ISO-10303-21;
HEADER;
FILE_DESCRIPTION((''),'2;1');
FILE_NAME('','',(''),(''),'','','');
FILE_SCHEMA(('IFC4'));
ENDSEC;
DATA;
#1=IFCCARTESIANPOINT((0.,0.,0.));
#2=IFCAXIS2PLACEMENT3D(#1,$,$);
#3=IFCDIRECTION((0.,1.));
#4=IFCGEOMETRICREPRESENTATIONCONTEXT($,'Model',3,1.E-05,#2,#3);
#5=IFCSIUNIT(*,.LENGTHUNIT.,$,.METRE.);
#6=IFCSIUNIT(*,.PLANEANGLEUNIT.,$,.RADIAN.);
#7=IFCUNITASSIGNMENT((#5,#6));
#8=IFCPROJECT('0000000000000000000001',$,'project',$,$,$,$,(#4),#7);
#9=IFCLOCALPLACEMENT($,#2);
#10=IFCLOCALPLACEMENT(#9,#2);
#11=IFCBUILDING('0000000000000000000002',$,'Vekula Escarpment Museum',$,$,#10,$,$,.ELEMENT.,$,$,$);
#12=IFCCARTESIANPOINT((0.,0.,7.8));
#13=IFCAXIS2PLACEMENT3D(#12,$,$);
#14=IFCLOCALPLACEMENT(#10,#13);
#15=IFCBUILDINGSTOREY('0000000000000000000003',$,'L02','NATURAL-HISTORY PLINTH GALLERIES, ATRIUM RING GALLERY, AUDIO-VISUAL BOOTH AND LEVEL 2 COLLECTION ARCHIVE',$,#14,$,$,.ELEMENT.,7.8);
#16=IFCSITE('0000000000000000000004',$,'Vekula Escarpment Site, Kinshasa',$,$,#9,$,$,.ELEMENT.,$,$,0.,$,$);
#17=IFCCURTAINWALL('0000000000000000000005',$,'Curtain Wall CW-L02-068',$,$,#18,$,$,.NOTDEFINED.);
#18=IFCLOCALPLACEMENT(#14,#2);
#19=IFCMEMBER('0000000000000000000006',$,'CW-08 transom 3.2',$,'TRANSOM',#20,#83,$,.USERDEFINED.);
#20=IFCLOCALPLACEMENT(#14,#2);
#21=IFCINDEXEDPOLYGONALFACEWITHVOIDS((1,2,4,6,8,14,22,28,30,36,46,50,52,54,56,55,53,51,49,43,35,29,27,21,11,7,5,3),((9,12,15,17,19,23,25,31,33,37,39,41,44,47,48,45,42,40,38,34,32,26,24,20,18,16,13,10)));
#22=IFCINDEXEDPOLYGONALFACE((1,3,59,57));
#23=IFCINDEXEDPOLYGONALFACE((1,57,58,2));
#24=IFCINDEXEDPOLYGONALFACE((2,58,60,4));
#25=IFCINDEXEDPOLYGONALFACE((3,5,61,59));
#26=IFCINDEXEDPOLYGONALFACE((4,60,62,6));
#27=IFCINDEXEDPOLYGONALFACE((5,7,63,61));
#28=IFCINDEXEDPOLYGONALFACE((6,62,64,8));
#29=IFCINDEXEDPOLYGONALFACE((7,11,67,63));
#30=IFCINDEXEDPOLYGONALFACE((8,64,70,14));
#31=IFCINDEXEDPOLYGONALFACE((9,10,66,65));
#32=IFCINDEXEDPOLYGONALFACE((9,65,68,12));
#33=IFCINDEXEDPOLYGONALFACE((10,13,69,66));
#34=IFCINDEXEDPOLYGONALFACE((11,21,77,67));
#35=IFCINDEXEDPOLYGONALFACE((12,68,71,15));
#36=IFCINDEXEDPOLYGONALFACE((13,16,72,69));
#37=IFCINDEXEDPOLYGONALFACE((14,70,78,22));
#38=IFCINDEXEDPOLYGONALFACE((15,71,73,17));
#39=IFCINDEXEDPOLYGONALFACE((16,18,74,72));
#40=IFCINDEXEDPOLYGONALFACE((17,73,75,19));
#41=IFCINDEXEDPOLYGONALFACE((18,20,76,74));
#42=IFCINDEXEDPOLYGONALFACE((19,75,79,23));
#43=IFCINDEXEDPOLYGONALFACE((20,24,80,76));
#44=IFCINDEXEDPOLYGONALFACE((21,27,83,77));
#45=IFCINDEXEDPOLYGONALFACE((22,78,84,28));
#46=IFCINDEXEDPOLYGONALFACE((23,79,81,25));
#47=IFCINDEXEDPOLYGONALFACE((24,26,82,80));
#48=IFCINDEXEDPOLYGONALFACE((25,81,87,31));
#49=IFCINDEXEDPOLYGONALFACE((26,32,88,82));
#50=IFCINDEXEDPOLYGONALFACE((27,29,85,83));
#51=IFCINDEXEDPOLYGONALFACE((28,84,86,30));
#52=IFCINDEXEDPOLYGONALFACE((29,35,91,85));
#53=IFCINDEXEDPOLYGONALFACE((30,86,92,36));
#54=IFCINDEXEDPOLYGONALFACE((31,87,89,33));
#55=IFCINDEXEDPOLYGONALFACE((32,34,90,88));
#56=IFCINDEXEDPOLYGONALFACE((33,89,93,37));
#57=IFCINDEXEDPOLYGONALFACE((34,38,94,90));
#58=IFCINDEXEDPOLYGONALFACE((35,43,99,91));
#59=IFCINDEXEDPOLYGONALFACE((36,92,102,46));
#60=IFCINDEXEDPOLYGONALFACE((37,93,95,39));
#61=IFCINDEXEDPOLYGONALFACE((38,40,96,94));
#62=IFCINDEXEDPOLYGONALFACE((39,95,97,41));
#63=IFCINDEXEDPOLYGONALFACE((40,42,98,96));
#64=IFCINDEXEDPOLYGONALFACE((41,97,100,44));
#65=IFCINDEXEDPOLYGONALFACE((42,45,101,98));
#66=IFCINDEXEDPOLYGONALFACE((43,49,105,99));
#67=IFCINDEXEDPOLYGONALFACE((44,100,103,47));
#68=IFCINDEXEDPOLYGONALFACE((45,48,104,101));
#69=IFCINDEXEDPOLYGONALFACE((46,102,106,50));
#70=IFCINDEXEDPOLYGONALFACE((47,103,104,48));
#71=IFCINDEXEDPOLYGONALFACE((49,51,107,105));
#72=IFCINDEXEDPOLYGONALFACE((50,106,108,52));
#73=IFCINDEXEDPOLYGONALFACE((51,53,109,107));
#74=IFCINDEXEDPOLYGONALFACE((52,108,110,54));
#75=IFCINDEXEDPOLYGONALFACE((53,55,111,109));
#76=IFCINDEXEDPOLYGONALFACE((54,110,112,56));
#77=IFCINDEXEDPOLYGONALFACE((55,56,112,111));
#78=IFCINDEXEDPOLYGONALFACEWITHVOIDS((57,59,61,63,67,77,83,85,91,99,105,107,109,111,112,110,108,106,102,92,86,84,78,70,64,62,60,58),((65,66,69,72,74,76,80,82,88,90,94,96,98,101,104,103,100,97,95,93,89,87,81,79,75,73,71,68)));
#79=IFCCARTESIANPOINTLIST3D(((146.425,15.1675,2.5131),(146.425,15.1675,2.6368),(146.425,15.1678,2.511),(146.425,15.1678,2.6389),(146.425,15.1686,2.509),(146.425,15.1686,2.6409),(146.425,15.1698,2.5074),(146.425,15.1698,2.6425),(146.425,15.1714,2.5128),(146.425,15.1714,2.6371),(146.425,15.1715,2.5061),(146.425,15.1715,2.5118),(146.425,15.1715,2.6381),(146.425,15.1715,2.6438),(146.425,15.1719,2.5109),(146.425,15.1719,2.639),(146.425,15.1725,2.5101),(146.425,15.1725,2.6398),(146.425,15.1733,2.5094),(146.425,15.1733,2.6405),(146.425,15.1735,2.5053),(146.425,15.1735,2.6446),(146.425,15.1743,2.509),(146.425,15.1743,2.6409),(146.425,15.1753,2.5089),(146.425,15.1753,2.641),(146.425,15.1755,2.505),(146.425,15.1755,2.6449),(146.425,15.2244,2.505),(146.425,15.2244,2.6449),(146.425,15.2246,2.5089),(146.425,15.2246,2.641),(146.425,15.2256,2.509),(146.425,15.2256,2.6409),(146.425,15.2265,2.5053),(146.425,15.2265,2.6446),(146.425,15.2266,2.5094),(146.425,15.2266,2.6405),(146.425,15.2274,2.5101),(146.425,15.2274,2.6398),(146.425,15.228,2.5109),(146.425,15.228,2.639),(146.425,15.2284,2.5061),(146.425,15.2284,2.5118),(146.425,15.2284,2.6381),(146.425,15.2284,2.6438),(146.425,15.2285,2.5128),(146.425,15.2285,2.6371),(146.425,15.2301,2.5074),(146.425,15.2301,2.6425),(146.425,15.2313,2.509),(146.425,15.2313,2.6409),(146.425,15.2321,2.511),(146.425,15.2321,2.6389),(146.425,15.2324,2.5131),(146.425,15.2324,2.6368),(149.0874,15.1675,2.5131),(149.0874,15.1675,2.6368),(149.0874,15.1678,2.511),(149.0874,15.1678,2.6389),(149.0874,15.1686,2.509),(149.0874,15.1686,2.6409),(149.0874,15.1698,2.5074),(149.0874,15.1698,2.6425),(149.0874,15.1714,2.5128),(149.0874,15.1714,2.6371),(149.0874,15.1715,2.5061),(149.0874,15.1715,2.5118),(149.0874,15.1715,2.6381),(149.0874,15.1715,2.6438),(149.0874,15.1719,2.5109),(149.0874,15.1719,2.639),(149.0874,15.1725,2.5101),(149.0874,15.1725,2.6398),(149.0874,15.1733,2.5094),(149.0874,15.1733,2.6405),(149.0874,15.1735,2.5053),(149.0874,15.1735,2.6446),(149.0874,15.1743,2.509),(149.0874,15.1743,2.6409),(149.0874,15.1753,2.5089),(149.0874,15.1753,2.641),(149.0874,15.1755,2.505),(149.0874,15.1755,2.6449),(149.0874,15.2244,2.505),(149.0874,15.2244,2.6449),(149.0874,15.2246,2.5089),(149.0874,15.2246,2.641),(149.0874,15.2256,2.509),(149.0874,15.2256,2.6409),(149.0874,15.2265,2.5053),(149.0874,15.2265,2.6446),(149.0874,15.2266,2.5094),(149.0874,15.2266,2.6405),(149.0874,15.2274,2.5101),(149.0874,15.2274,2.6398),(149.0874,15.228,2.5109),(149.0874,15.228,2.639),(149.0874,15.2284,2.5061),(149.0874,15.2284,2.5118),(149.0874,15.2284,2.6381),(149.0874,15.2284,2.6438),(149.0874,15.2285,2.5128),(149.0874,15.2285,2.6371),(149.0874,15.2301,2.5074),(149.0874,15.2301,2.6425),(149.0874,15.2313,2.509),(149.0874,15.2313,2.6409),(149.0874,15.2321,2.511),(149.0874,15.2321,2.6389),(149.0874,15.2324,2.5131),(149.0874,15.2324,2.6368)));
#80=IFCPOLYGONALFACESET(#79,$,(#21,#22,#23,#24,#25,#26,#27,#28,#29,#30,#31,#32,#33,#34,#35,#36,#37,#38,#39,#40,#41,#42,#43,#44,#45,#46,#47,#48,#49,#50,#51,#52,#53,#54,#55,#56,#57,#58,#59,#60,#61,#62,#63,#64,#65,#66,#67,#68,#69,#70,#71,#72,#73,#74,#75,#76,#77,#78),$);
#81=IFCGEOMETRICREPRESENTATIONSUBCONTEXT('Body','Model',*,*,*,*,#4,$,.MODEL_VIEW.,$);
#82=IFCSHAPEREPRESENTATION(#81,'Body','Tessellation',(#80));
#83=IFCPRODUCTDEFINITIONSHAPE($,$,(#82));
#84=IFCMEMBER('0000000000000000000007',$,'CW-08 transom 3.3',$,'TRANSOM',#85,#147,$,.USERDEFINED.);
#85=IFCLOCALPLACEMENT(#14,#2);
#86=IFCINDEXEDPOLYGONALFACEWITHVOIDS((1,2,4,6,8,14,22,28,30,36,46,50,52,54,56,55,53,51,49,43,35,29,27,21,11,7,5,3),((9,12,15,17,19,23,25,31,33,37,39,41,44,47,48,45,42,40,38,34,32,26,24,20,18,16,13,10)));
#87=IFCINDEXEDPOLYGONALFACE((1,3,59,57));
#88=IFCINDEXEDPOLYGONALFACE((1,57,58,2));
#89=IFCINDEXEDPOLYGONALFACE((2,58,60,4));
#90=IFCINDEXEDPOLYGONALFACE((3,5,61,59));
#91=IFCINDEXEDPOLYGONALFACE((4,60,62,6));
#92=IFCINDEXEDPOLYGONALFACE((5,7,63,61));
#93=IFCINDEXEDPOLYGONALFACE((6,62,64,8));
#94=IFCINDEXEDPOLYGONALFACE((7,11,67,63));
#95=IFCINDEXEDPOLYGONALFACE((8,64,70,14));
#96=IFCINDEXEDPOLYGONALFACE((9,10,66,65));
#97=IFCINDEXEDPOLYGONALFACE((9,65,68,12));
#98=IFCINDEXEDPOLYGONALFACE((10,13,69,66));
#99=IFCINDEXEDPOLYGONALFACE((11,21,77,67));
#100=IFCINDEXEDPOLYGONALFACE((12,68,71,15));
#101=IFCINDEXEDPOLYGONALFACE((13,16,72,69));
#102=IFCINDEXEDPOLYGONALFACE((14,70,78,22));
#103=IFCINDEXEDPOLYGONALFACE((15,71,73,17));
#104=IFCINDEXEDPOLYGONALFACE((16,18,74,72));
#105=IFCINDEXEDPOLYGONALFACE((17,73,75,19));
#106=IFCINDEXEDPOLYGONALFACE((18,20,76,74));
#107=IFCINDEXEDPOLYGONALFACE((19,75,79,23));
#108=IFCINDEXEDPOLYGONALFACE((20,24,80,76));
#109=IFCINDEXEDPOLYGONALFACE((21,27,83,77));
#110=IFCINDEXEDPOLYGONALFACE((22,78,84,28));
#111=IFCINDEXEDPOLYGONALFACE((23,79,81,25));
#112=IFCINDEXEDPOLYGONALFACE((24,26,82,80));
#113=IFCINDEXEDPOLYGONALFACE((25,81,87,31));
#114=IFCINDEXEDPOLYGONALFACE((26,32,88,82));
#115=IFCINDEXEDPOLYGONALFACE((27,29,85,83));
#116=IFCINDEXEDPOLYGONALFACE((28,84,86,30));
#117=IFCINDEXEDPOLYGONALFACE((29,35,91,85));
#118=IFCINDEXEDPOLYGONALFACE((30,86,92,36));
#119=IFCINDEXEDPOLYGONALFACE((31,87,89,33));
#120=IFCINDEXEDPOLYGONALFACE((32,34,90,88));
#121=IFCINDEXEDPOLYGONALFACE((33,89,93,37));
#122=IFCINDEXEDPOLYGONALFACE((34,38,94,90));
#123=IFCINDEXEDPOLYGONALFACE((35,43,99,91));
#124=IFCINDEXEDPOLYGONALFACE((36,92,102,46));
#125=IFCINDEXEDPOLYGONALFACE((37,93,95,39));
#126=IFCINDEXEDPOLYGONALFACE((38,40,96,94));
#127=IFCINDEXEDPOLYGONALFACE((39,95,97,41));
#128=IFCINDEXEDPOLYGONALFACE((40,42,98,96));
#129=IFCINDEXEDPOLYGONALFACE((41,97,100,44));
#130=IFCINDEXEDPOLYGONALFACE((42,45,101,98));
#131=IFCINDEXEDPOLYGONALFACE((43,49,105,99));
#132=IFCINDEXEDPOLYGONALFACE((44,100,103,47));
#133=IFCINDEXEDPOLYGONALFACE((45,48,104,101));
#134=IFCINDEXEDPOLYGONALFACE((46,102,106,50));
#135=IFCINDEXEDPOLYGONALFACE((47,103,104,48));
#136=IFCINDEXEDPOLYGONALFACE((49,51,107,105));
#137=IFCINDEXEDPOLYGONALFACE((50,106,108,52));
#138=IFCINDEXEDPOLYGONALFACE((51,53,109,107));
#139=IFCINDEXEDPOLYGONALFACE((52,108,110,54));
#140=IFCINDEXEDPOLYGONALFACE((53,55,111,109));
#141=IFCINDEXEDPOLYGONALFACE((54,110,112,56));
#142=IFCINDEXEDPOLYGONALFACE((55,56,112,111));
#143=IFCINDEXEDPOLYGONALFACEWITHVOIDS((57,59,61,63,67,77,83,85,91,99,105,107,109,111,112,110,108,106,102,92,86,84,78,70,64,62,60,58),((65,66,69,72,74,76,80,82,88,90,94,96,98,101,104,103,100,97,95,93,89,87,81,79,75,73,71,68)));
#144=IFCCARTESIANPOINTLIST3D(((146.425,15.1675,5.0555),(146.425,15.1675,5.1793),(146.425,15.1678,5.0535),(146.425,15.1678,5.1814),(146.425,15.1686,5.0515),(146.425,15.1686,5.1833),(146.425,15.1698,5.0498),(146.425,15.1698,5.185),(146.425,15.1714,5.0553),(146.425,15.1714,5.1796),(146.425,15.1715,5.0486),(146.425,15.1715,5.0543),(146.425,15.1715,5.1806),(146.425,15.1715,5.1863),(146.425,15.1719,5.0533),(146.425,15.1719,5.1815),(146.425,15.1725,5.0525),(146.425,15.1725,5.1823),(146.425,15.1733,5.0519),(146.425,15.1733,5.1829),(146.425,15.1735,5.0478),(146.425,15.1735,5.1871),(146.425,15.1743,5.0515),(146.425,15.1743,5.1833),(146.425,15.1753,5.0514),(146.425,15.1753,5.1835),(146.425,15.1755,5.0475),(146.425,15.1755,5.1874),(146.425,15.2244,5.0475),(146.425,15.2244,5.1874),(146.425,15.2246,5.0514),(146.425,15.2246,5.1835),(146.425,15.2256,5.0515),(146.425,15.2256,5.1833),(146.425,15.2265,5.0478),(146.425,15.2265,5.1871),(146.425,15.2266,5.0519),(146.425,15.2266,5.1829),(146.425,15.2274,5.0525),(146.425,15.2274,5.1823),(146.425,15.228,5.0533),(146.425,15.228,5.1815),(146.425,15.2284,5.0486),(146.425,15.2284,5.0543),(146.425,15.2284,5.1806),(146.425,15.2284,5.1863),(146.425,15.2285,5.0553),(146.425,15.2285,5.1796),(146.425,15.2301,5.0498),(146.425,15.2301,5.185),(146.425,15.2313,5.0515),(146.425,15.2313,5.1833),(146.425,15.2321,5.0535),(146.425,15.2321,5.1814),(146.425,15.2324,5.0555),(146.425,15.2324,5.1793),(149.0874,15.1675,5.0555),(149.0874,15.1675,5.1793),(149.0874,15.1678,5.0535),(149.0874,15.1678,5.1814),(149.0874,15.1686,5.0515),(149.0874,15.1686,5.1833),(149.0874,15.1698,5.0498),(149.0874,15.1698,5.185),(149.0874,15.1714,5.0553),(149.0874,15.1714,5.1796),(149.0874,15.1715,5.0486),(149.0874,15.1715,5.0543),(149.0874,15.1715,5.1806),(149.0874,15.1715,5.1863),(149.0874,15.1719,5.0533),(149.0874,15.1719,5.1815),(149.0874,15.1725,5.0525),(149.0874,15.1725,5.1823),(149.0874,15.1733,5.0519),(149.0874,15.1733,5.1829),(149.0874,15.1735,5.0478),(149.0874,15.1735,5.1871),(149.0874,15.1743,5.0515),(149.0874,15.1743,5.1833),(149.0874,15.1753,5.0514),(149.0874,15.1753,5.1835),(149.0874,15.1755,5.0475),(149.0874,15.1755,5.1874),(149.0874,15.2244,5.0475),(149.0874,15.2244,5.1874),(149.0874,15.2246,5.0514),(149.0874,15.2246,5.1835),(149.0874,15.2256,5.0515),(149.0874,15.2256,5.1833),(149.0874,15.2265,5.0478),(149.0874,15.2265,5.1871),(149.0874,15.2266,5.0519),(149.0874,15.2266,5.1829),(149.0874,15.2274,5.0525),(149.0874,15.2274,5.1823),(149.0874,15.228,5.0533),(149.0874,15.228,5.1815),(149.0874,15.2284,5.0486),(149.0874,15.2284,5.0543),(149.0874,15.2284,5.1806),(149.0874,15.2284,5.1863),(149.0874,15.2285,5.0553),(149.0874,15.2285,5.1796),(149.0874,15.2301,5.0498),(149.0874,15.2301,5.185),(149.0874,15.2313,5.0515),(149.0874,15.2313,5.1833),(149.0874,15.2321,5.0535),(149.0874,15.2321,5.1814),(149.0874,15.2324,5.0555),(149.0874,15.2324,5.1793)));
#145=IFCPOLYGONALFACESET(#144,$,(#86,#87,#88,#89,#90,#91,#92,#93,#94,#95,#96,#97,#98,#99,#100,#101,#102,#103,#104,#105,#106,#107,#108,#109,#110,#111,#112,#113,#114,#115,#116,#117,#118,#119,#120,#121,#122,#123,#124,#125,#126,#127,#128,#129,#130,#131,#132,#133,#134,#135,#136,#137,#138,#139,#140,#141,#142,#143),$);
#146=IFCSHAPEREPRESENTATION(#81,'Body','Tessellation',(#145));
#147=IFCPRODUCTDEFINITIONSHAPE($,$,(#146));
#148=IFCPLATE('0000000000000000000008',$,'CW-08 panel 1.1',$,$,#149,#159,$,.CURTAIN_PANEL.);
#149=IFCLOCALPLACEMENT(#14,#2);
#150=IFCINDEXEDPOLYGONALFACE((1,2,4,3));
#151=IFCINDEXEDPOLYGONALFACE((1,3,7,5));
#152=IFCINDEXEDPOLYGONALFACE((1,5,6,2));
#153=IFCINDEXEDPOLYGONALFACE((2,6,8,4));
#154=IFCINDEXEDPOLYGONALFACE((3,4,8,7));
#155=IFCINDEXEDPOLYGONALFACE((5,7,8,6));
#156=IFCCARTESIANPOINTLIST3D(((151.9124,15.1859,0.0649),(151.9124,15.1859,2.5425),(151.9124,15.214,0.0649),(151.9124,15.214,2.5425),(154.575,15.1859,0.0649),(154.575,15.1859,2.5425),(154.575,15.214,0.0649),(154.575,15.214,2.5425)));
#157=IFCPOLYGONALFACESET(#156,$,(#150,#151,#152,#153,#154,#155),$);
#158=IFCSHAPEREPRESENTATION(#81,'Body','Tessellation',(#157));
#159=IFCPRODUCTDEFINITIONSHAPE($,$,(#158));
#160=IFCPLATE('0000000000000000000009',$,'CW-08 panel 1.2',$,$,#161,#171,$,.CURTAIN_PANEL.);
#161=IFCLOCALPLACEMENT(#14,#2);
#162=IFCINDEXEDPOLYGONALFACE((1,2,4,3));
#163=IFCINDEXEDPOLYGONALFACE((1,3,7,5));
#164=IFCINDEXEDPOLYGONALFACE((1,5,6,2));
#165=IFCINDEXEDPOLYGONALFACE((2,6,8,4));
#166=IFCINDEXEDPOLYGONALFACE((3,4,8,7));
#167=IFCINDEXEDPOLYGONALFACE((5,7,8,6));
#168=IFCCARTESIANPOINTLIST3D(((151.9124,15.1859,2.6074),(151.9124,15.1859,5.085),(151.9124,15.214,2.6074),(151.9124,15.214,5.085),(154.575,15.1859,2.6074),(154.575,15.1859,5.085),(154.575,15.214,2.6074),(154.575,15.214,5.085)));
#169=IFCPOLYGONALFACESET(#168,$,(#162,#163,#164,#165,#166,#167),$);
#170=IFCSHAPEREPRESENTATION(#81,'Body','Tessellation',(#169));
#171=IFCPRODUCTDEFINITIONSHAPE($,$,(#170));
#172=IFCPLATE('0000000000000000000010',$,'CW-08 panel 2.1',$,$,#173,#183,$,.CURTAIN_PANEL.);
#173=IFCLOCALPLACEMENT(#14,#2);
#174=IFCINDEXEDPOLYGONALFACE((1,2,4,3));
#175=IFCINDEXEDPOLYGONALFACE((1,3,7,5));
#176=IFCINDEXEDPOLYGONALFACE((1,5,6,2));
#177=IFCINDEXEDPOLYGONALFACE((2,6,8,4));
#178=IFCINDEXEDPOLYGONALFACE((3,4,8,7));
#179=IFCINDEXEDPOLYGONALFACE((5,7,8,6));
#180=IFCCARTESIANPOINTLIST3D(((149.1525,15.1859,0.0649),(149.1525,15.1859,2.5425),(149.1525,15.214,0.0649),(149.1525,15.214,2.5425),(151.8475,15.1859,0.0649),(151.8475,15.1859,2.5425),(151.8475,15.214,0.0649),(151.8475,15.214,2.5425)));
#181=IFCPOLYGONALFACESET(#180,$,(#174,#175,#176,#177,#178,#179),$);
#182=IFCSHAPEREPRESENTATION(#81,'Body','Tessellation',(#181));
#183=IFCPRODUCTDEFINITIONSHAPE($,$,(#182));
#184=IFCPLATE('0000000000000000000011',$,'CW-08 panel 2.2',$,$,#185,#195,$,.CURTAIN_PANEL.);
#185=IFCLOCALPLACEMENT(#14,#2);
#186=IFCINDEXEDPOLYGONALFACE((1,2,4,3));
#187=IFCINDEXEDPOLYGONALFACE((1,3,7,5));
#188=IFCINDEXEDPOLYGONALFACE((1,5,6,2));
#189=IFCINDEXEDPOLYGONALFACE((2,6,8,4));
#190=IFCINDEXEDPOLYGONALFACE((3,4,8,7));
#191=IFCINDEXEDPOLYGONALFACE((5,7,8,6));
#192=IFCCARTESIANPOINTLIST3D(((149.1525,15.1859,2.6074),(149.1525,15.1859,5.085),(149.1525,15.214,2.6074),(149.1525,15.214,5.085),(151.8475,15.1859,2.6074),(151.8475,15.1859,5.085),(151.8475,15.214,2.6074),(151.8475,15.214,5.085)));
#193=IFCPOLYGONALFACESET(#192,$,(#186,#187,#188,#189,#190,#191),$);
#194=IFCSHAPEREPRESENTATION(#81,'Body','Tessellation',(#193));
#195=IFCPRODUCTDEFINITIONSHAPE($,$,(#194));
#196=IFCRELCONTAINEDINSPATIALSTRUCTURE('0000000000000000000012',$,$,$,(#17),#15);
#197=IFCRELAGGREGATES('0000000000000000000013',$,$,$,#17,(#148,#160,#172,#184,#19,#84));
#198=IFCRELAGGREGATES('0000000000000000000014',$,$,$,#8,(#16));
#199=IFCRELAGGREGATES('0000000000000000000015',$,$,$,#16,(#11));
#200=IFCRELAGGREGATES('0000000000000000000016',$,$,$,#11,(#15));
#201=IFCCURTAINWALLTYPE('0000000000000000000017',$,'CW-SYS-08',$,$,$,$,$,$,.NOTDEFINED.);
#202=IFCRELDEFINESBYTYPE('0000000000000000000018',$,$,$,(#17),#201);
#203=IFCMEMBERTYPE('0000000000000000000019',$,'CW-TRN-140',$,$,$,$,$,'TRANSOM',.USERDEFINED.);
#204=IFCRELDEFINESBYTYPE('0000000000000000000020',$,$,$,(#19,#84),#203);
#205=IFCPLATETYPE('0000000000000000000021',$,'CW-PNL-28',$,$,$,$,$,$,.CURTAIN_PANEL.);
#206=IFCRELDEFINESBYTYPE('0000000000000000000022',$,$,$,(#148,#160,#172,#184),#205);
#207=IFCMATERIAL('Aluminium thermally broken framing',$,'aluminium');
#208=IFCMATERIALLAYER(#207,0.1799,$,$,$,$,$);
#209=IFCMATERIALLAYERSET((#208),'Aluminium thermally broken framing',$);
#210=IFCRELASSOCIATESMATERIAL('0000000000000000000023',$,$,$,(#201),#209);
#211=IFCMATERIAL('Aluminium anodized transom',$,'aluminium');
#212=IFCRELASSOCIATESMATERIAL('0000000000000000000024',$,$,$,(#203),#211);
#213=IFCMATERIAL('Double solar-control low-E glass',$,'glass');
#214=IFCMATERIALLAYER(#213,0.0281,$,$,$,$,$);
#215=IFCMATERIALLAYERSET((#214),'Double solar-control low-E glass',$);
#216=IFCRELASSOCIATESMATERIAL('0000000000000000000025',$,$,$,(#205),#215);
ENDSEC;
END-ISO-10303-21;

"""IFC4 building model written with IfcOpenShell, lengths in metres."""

from ifc_helpers import new_model, si_unit, direction, frame, origin, origin_2d, place, context, subcontext, project, spatial, rectangle, hollow_rectangle, extrude, material, layer, layer_set, material_profile, profile_set, type_object, element, aggregate, save


model = new_model("IFC4")

# Units and contexts
model_context = context("Model", 3, precision=1e-05, world=origin(), true_north=direction((0.0, 1.0)))
body_context = subcontext(model_context, "Body", "Model", "MODEL_VIEW")
ifc_project = project(units=[si_unit("LENGTHUNIT", "METRE"), si_unit("PLANEANGLEUNIT", "RADIAN")], contexts=[model_context])

# Site, building, storey
site_placement = place(None, origin())
site = spatial("IfcSite", under=ifc_project, at=site_placement, Name="Vekula Escarpment Site, Kinshasa", CompositionType="ELEMENT", RefElevation=0.0)
building_placement = place(site_placement, origin())
building = spatial("IfcBuilding", under=site, at=building_placement, Name="Vekula Escarpment Museum", CompositionType="ELEMENT")
storey_placement = place(building_placement, frame((0.0, 0.0, 7.8)))
storey = spatial("IfcBuildingStorey", under=building, at=storey_placement, Name="L02", Description="NATURAL-HISTORY PLINTH GALLERIES, ATRIUM RING GALLERY, AUDIO-VISUAL BOOTH AND LEVEL 2 COLLECTION ARCHIVE", CompositionType="ELEMENT", Elevation=7.8)

# Curtain wall, members, plates
ifc_material_1 = material(Name="Aluminium thermally broken framing", Category="aluminium")
ifc_layer_1 = layer(ifc_material_1, 0.1799)
ifc_layer_set_1 = layer_set([ifc_layer_1], Name="Aluminium thermally broken framing")
curtain_wall_type = type_object("IfcCurtainWallType", Name="CW-SYS-08", PredefinedType="NOTDEFINED", material=ifc_layer_set_1)
curtain_wall_placement = place(storey_placement, origin())
curtain_wall = element("IfcCurtainWall", 1, at=curtain_wall_placement, inside=storey, type_object=curtain_wall_type, Name="Curtain Wall CW-L02-068", PredefinedType="NOTDEFINED")
ifc_material_2 = material(Name="Aluminium anodized transom", Category="aluminium")
ifc_material_profile_1 = material_profile(ifc_material_2, hollow_rectangle(XDim=0.0649, YDim=0.1399, WallThickness=0.0039, InnerFilletRadius=0.0039, OuterFilletRadius=0.0081, at=origin_2d()), Name="ALU 140x65x4")
ifc_profile_set_1 = profile_set([ifc_material_profile_1], Name="Aluminium anodized transom")
member_type_1 = type_object("IfcMemberType", Name="CW-TRN-140", ElementType="TRANSOM", PredefinedType="USERDEFINED", material=ifc_profile_set_1)
member_1_placement = place(storey_placement, frame((149.0874, 15.2, 2.575), z_axis=(-1.0, 0.0, 0.0), x_axis=(0.0, -1.0, 0.0)))
member_1 = element("IfcMember", 2, at=member_1_placement, type_object=member_type_1, Name="CW-08 transom 3.2", ObjectType="TRANSOM", PredefinedType="USERDEFINED", context=body_context, shape_type="SweptSolid", body=[
    extrude(hollow_rectangle(XDim=0.0649, YDim=0.1399, WallThickness=0.0039, InnerFilletRadius=0.0039, OuterFilletRadius=0.0081, at=origin_2d()), origin(), (0.0, 0.0, 1.0), 2.6624),
])
member_2_placement = place(storey_placement, frame((149.0874, 15.2, 5.1174), z_axis=(-1.0, 0.0, 0.0), x_axis=(0.0, -1.0, 0.0)))
member_2 = element("IfcMember", 3, at=member_2_placement, type_object=member_type_1, Name="CW-08 transom 3.3", ObjectType="TRANSOM", PredefinedType="USERDEFINED", context=body_context, shape_type="SweptSolid", body=[
    extrude(hollow_rectangle(XDim=0.0649, YDim=0.1399, WallThickness=0.0039, InnerFilletRadius=0.0039, OuterFilletRadius=0.0081, at=origin_2d()), origin(), (0.0, 0.0, 1.0), 2.6624),
])
ifc_material_3 = material(Name="Double solar-control low-E glass", Category="glass")
ifc_layer_2 = layer(ifc_material_3, 0.0281)
ifc_layer_set_2 = layer_set([ifc_layer_2], Name="Double solar-control low-E glass")
plate_type_1 = type_object("IfcPlateType", Name="CW-PNL-28", PredefinedType="CURTAIN_PANEL", material=ifc_layer_set_2)
plate_1_placement = place(storey_placement, frame((153.2437, 15.2, 0.0649), z_axis=(0.0, 0.0, 1.0), x_axis=(-1.0, 0.0, 0.0)))
plate_1 = element("IfcPlate", 4, at=plate_1_placement, type_object=plate_type_1, Name="CW-08 panel 1.1", PredefinedType="CURTAIN_PANEL", context=body_context, shape_type="SweptSolid", body=[
    extrude(rectangle(XDim=2.6626, YDim=0.0281, at=origin_2d()), origin(), (0.0, 0.0, 1.0), 2.4775),
])
plate_2_placement = place(storey_placement, frame((153.2437, 15.2, 2.6074), z_axis=(0.0, 0.0, 1.0), x_axis=(-1.0, 0.0, 0.0)))
plate_2 = element("IfcPlate", 5, at=plate_2_placement, type_object=plate_type_1, Name="CW-08 panel 1.2", PredefinedType="CURTAIN_PANEL", context=body_context, shape_type="SweptSolid", body=[
    extrude(rectangle(XDim=2.6626, YDim=0.0281, at=origin_2d()), origin(), (0.0, 0.0, 1.0), 2.4775),
])
plate_3_placement = place(storey_placement, frame((150.5, 15.2, 0.0649), z_axis=(0.0, 0.0, 1.0), x_axis=(-1.0, 0.0, 0.0)))
plate_3 = element("IfcPlate", 6, at=plate_3_placement, type_object=plate_type_1, Name="CW-08 panel 2.1", PredefinedType="CURTAIN_PANEL", context=body_context, shape_type="SweptSolid", body=[
    extrude(rectangle(XDim=2.6951, YDim=0.0281, at=origin_2d()), origin(), (0.0, 0.0, 1.0), 2.4775),
])
plate_4_placement = place(storey_placement, frame((150.5, 15.2, 2.6074), z_axis=(0.0, 0.0, 1.0), x_axis=(-1.0, 0.0, 0.0)))
plate_4 = element("IfcPlate", 7, at=plate_4_placement, type_object=plate_type_1, Name="CW-08 panel 2.2", PredefinedType="CURTAIN_PANEL", context=body_context, shape_type="SweptSolid", body=[
    extrude(rectangle(XDim=2.6951, YDim=0.0281, at=origin_2d()), origin(), (0.0, 0.0, 1.0), 2.4775),
])
aggregate(curtain_wall, [plate_1, plate_2, plate_3, plate_4, member_1, member_2])

save(model, "model.ifc")
